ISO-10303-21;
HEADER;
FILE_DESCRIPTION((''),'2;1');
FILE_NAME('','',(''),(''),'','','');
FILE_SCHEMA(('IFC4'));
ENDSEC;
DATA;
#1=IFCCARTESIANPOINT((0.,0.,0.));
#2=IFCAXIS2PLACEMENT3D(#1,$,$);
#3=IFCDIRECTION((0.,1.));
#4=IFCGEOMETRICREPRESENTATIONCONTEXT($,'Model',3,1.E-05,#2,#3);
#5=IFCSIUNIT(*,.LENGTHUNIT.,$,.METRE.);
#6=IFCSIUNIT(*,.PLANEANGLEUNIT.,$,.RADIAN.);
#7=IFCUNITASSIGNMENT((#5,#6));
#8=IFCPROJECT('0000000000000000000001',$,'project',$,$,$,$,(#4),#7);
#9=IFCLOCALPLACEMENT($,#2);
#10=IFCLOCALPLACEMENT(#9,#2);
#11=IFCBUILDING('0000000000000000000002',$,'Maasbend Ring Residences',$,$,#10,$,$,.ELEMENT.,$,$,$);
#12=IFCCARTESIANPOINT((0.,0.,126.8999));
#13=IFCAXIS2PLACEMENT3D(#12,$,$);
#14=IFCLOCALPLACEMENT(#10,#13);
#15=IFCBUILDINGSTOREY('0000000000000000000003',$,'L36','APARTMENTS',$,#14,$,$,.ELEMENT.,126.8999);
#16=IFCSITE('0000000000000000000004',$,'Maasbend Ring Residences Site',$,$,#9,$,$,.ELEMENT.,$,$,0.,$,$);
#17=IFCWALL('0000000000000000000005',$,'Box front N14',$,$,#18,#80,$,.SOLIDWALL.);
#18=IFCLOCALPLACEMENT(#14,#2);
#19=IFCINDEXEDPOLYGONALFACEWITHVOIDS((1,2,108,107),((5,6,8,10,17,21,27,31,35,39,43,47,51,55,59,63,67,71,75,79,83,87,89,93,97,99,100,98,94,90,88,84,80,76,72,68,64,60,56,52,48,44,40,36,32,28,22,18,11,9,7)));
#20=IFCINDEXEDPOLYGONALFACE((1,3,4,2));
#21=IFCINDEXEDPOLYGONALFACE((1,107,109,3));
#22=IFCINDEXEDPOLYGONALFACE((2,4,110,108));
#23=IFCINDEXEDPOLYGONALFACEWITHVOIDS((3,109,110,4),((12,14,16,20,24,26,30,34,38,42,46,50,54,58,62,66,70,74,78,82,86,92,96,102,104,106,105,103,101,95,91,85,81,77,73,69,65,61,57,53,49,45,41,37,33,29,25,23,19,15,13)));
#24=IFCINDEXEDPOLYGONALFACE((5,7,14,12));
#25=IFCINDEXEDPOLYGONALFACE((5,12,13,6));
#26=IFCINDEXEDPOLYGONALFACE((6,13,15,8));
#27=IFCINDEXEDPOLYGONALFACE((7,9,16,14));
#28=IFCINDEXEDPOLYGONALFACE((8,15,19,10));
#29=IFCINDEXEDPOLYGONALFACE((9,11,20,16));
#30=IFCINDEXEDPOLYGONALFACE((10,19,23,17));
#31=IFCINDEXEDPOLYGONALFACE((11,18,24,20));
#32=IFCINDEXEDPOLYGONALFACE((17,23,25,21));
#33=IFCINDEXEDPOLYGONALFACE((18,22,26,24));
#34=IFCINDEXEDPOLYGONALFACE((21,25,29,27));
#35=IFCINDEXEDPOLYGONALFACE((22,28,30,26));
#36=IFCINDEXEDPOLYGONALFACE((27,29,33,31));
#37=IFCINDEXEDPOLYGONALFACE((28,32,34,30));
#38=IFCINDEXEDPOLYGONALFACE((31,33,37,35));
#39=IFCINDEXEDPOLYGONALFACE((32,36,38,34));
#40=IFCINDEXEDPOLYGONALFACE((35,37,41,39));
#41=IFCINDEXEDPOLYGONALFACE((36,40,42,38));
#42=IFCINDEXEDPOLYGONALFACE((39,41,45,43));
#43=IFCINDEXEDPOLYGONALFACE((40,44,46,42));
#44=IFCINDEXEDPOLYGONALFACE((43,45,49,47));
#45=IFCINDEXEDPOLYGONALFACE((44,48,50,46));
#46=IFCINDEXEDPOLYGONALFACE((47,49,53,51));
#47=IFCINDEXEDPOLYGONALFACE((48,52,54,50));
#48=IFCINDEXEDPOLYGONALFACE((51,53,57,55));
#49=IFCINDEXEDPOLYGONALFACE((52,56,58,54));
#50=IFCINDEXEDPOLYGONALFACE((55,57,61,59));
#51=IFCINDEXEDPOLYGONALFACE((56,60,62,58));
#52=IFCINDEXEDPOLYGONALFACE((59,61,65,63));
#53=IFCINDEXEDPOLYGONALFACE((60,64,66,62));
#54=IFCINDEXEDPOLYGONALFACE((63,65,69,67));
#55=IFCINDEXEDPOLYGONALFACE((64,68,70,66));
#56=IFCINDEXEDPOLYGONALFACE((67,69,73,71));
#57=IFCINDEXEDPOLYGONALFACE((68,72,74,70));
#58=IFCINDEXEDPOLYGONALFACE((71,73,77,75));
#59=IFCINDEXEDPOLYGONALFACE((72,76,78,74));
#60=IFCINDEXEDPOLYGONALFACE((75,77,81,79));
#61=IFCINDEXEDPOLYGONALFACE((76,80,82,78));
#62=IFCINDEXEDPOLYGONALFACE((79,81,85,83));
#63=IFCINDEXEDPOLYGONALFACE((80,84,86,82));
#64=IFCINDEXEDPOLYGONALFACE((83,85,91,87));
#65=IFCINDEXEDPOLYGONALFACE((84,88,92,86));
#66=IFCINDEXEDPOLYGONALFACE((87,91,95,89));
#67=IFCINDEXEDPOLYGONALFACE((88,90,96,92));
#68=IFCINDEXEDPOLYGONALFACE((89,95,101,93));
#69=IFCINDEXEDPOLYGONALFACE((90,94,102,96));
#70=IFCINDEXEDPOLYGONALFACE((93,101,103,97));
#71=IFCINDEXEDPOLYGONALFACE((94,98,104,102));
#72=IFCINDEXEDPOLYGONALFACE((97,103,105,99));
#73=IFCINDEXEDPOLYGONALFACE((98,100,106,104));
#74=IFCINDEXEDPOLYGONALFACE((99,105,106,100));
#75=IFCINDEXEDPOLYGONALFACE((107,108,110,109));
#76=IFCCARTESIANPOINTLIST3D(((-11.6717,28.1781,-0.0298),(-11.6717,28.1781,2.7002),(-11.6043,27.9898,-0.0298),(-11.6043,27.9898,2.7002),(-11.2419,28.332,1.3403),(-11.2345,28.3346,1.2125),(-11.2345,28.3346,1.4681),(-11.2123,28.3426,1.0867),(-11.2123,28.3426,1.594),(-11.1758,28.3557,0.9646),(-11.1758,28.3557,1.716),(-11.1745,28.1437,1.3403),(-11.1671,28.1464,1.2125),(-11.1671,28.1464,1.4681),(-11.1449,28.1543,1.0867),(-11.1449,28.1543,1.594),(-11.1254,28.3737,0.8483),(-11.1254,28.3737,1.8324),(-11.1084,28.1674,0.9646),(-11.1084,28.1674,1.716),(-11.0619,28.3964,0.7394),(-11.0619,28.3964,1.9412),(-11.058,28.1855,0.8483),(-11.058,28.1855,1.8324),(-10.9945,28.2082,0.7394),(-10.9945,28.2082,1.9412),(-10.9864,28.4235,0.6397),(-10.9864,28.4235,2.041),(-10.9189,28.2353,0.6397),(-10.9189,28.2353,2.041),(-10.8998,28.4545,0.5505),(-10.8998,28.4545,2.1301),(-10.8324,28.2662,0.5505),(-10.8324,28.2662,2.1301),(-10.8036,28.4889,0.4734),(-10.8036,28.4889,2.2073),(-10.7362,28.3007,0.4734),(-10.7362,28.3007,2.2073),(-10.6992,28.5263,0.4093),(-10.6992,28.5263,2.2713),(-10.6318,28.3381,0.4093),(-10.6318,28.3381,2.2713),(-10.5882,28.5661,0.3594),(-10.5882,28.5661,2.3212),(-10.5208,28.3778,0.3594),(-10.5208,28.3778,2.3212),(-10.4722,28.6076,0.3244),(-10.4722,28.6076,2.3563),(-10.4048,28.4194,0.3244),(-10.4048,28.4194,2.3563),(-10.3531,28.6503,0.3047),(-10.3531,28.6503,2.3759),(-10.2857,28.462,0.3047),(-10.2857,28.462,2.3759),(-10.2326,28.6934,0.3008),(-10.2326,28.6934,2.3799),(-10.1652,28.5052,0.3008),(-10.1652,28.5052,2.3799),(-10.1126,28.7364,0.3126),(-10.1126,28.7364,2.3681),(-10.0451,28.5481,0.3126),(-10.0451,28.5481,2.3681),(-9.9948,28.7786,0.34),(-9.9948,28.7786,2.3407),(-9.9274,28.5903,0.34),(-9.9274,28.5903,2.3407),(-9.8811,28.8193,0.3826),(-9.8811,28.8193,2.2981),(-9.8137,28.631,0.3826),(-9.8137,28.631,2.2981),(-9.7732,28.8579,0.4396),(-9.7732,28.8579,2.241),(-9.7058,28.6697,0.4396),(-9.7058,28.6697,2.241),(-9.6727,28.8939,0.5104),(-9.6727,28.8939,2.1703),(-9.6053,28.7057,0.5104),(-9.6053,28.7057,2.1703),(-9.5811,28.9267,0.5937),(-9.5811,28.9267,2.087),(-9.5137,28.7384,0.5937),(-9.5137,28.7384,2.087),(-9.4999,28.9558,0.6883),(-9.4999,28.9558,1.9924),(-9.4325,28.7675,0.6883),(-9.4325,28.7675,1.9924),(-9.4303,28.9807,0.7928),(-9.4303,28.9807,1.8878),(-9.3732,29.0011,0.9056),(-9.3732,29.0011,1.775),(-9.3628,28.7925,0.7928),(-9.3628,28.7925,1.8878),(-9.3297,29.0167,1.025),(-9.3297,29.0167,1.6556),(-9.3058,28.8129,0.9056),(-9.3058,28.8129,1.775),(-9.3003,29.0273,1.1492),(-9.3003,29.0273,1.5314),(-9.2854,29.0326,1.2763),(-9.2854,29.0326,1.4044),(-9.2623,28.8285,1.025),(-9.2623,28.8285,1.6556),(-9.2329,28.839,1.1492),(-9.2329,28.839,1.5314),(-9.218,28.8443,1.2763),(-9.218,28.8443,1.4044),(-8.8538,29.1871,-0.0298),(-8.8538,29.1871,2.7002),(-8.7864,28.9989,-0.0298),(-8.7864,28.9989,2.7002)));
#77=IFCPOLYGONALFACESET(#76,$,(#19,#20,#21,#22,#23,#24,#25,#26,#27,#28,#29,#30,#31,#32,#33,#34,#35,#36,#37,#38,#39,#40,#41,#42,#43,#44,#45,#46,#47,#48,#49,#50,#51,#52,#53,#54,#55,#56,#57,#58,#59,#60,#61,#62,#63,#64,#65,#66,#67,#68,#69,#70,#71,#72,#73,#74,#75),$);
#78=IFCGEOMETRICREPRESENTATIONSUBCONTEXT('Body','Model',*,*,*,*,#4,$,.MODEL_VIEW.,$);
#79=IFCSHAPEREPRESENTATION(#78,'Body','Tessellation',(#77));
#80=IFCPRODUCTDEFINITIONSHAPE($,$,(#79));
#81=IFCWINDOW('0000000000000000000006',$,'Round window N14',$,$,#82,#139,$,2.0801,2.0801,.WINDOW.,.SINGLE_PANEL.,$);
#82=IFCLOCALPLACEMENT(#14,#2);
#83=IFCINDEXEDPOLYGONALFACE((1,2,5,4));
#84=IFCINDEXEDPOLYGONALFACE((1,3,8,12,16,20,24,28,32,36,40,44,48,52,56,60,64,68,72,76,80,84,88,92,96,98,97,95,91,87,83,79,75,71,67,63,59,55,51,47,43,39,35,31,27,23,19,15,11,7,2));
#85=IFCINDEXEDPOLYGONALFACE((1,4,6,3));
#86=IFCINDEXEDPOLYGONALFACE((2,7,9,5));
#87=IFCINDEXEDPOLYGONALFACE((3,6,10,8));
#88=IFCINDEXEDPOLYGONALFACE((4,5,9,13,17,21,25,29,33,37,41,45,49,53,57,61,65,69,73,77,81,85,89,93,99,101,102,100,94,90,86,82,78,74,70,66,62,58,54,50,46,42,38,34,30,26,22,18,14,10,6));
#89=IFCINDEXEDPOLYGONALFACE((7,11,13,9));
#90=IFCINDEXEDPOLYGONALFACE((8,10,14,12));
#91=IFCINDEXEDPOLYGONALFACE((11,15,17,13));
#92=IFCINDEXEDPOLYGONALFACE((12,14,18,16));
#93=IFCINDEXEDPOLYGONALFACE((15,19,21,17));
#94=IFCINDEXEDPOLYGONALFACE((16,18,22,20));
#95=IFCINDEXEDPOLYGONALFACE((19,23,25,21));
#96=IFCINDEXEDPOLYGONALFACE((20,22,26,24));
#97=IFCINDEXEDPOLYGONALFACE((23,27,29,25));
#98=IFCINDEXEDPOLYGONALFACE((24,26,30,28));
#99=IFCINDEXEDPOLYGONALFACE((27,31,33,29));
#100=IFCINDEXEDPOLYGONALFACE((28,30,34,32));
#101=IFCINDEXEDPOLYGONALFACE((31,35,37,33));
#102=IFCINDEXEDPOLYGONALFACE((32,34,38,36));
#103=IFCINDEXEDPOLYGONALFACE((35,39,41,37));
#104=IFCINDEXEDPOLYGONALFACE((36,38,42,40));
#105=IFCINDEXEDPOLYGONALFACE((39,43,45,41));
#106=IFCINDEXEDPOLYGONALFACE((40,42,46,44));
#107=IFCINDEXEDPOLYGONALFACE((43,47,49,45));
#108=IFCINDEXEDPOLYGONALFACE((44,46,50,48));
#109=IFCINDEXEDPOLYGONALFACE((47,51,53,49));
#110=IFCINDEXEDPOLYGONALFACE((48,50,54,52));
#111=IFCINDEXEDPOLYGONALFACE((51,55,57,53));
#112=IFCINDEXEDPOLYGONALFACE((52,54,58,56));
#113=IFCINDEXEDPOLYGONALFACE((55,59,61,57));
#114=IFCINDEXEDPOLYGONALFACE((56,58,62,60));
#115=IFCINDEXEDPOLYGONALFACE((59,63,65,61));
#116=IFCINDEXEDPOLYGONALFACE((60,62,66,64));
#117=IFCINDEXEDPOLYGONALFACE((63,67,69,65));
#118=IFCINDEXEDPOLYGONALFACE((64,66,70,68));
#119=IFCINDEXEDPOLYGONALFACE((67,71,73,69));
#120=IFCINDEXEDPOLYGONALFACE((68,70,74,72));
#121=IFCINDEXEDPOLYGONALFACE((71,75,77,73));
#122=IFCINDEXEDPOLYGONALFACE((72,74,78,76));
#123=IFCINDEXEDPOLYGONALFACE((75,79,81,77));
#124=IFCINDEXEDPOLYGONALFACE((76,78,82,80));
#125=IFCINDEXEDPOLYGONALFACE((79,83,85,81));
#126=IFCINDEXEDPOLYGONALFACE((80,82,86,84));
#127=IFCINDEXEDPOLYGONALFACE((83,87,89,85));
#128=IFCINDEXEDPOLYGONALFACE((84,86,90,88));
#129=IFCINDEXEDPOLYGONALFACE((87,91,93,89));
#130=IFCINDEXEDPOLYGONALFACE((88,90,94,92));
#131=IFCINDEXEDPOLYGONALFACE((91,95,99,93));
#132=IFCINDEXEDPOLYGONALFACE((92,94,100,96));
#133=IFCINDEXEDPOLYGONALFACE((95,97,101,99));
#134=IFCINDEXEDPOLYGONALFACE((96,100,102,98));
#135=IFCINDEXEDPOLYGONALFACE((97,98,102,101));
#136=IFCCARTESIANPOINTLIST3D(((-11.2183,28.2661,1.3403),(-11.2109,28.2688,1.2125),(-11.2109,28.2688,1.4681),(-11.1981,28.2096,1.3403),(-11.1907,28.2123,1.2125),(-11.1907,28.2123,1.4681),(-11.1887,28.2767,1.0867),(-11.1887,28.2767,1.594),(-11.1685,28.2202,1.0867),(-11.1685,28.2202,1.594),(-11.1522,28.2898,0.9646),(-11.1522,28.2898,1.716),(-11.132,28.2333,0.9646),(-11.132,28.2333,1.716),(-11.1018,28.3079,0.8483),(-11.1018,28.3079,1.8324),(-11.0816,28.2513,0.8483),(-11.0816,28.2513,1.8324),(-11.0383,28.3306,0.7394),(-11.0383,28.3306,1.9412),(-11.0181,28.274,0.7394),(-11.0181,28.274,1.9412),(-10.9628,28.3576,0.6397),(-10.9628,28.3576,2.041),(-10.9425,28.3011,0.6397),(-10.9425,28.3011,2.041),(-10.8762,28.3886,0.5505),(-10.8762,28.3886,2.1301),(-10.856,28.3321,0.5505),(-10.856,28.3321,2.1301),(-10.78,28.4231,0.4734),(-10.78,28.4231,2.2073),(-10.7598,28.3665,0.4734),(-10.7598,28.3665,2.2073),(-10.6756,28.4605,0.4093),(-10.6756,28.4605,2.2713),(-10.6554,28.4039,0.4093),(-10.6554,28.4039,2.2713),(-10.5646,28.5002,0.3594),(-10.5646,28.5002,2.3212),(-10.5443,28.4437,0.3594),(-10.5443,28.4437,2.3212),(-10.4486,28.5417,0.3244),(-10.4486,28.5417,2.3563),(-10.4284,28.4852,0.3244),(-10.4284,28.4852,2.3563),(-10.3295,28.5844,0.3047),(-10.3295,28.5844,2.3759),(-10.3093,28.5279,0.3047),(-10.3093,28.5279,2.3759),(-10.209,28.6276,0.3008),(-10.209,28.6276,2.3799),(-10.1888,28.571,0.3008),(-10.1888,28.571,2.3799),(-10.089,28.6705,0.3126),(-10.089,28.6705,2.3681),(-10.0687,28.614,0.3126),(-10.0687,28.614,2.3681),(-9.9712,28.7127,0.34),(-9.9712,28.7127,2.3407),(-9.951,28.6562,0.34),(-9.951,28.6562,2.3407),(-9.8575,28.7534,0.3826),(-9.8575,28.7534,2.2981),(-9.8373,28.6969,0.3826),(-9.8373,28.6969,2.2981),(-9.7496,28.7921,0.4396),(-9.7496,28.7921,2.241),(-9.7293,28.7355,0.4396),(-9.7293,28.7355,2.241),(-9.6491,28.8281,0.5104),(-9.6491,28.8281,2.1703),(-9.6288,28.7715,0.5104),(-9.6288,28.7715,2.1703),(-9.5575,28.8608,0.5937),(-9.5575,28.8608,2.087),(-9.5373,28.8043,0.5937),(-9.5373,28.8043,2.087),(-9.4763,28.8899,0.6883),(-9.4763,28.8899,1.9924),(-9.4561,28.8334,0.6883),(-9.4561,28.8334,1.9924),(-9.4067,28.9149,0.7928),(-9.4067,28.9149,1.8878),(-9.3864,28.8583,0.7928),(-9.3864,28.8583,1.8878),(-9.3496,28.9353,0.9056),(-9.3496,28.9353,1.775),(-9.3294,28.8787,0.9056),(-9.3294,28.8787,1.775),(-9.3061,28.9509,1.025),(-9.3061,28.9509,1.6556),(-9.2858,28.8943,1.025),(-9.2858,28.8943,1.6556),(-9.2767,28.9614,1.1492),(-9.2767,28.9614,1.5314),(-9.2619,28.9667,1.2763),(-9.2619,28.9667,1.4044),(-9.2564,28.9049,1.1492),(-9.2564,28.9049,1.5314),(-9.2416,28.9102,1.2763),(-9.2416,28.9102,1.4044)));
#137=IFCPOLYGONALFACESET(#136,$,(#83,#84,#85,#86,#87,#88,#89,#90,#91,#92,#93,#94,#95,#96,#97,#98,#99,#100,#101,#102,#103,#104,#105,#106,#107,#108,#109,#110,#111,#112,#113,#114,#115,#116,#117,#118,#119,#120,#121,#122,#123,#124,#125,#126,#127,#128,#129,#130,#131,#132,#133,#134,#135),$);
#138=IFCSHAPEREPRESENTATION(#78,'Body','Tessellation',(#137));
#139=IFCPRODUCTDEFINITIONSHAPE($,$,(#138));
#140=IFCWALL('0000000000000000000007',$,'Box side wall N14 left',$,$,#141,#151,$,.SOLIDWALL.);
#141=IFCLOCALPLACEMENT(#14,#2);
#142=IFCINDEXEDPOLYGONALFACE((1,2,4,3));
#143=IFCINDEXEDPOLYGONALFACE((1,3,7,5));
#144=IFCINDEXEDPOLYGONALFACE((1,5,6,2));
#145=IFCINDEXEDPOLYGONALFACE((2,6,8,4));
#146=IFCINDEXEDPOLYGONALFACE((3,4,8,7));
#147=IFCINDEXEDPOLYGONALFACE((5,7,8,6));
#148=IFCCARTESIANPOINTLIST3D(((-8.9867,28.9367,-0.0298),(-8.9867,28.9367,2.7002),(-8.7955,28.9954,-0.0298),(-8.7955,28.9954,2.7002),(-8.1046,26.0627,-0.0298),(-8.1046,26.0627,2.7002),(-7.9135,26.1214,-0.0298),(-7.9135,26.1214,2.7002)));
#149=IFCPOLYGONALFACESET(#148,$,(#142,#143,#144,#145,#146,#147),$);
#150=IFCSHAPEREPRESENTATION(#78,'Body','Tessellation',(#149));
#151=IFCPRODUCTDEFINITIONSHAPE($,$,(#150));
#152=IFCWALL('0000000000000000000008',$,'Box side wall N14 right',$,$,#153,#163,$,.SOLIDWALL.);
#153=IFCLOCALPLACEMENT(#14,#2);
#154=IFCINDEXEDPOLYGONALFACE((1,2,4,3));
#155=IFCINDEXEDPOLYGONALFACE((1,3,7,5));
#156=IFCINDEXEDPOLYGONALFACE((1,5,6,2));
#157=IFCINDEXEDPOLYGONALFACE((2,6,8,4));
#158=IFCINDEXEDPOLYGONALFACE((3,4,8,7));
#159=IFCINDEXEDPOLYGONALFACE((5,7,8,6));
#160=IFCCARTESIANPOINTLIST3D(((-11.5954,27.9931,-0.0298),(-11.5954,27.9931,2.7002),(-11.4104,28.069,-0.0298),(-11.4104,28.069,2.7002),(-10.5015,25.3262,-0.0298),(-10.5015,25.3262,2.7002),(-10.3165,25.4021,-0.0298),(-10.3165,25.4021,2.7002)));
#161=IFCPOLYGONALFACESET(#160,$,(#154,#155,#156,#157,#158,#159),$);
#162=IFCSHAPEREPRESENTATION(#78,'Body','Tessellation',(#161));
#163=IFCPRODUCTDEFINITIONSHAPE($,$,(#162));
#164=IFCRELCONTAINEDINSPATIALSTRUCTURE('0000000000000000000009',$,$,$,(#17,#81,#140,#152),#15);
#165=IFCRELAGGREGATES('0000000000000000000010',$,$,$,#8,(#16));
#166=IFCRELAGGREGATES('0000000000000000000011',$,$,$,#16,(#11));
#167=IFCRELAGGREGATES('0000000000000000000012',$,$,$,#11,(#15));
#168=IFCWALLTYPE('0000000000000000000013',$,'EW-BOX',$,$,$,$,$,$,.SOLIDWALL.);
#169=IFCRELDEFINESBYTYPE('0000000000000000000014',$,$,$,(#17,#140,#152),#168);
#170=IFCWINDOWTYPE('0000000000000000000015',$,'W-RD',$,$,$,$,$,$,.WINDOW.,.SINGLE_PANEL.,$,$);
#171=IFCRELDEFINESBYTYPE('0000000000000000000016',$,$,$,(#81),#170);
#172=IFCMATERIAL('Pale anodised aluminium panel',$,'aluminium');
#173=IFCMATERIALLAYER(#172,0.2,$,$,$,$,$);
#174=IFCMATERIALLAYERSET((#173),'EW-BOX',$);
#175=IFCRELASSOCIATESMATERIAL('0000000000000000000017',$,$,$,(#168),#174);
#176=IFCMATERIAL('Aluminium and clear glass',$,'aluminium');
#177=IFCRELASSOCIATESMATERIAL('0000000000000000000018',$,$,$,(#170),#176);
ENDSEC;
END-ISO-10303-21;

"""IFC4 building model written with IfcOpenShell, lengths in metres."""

from ifc_helpers import new_model, si_unit, direction, frame, frame_2d, origin, place, context, subcontext, project, spatial, rectangle, circle, extrude, material, layer, layer_set, type_object, element, fill, save


model = new_model("IFC4")

# Units and contexts
model_context = context("Model", 3, precision=1e-05, world=origin(), true_north=direction((0.0, 1.0)))
body_context = subcontext(model_context, "Body", "Model", "MODEL_VIEW")
ifc_project = project(units=[si_unit("LENGTHUNIT", "METRE"), si_unit("PLANEANGLEUNIT", "RADIAN")], contexts=[model_context])

# Site, building, storey
site_placement = place(None, origin())
site = spatial("IfcSite", under=ifc_project, at=site_placement, Name="Maasbend Ring Residences Site", CompositionType="ELEMENT", RefElevation=0.0)
building_placement = place(site_placement, origin())
building = spatial("IfcBuilding", under=site, at=building_placement, Name="Maasbend Ring Residences", CompositionType="ELEMENT")
storey_placement = place(building_placement, frame((0.0, 0.0, 126.8999)))
storey = spatial("IfcBuildingStorey", under=building, at=storey_placement, Name="L36", Description="APARTMENTS", CompositionType="ELEMENT", Elevation=126.8999)

# Shared definitions
ifc_material_1 = material(Name="Pale anodised aluminium panel", Category="aluminium")
ifc_layer_1 = layer(ifc_material_1, 0.2)
ifc_layer_set_1 = layer_set([ifc_layer_1], Name="EW-BOX")
wall_type_1 = type_object("IfcWallType", Name="EW-BOX", PredefinedType="SOLIDWALL", material=ifc_layer_set_1)
ifc_material_2 = material(Name="Aluminium and clear glass", Category="aluminium")
window_type_1 = type_object("IfcWindowType", Name="W-RD", PartitioningType="SINGLE_PANEL", PredefinedType="WINDOW", material=ifc_material_2)

# Wall, opening, window
wall_1_placement = place(storey_placement, frame((-8.8201, 29.093, -0.0298), z_axis=(0.0, 0.0, 1.0), x_axis=(-0.941461, -0.337122, 0.0)))
wall_1 = element("IfcWall", 1, at=wall_1_placement, inside=storey, type_object=wall_type_1, Name="Box front N14", PredefinedType="SOLIDWALL", context=body_context, shape_type="SweptSolid", body=[
    extrude(rectangle(XDim=2.9932, YDim=0.2, at=frame_2d((1.4966, 0.0))), origin(), (0.0, 0.0, 1.0), 2.73),
])
opening_1_placement = place(wall_1_placement, frame((0.4565, 0.0, 0.3301)))
opening_1 = element("IfcOpeningElement", 2, at=opening_1_placement, cuts=wall_1, PredefinedType="OPENING", context=body_context, shape_type="SweptSolid", body=[
    extrude(circle(Radius=1.04, at=frame_2d((1.04, 1.04))), frame((0.0, 0.1099, 0.0), z_axis=(0.0, -1.0, 0.0), x_axis=(1.0, 0.0, 0.0)), (0.0, 0.0, 1.0), 0.22),
])
window_1_placement = place(opening_1_placement, origin())
window_1 = element("IfcWindow", 3, at=window_1_placement, inside=storey, type_object=window_type_1, Name="Round window N14", OverallHeight=2.0801, OverallWidth=2.0801, PartitioningType="SINGLE_PANEL", PredefinedType="WINDOW", context=body_context, shape_type="SweptSolid", body=[
    extrude(circle(Radius=1.04, at=frame_2d((1.04, 1.04))), frame((0.0, 0.03, 0.0), z_axis=(0.0, -1.0, 0.0), x_axis=(1.0, 0.0, 0.0)), (0.0, 0.0, 1.0), 0.0601),
])
fill(opening_1, window_1)

# Walls
wall_2_placement = place(storey_placement, frame((-8.009, 26.092, -0.0298), z_axis=(0.0, 0.0, 1.0), x_axis=(-0.293407, 0.955988, 0.0)))
element("IfcWall", 4, at=wall_2_placement, inside=storey, type_object=wall_type_1, Name="Box side wall N14 left", PredefinedType="SOLIDWALL", context=body_context, shape_type="SweptSolid", body=[
    extrude(rectangle(XDim=3.0063, YDim=0.2, at=frame_2d((1.5032, 0.0))), origin(), (0.0, 0.0, 1.0), 2.73),
])
wall_3_placement = place(storey_placement, frame((-10.4089, 25.364, -0.0298), z_axis=(0.0, 0.0, 1.0), x_axis=(-0.37951, 0.925188, 0.0)))
element("IfcWall", 5, at=wall_3_placement, inside=storey, type_object=wall_type_1, Name="Box side wall N14 right", PredefinedType="SOLIDWALL", context=body_context, shape_type="SweptSolid", body=[
    extrude(rectangle(XDim=2.8826, YDim=0.2, at=frame_2d((1.4414, 0.0))), origin(), (0.0, 0.0, 1.0), 2.73),
])

save(model, "model.ifc")
